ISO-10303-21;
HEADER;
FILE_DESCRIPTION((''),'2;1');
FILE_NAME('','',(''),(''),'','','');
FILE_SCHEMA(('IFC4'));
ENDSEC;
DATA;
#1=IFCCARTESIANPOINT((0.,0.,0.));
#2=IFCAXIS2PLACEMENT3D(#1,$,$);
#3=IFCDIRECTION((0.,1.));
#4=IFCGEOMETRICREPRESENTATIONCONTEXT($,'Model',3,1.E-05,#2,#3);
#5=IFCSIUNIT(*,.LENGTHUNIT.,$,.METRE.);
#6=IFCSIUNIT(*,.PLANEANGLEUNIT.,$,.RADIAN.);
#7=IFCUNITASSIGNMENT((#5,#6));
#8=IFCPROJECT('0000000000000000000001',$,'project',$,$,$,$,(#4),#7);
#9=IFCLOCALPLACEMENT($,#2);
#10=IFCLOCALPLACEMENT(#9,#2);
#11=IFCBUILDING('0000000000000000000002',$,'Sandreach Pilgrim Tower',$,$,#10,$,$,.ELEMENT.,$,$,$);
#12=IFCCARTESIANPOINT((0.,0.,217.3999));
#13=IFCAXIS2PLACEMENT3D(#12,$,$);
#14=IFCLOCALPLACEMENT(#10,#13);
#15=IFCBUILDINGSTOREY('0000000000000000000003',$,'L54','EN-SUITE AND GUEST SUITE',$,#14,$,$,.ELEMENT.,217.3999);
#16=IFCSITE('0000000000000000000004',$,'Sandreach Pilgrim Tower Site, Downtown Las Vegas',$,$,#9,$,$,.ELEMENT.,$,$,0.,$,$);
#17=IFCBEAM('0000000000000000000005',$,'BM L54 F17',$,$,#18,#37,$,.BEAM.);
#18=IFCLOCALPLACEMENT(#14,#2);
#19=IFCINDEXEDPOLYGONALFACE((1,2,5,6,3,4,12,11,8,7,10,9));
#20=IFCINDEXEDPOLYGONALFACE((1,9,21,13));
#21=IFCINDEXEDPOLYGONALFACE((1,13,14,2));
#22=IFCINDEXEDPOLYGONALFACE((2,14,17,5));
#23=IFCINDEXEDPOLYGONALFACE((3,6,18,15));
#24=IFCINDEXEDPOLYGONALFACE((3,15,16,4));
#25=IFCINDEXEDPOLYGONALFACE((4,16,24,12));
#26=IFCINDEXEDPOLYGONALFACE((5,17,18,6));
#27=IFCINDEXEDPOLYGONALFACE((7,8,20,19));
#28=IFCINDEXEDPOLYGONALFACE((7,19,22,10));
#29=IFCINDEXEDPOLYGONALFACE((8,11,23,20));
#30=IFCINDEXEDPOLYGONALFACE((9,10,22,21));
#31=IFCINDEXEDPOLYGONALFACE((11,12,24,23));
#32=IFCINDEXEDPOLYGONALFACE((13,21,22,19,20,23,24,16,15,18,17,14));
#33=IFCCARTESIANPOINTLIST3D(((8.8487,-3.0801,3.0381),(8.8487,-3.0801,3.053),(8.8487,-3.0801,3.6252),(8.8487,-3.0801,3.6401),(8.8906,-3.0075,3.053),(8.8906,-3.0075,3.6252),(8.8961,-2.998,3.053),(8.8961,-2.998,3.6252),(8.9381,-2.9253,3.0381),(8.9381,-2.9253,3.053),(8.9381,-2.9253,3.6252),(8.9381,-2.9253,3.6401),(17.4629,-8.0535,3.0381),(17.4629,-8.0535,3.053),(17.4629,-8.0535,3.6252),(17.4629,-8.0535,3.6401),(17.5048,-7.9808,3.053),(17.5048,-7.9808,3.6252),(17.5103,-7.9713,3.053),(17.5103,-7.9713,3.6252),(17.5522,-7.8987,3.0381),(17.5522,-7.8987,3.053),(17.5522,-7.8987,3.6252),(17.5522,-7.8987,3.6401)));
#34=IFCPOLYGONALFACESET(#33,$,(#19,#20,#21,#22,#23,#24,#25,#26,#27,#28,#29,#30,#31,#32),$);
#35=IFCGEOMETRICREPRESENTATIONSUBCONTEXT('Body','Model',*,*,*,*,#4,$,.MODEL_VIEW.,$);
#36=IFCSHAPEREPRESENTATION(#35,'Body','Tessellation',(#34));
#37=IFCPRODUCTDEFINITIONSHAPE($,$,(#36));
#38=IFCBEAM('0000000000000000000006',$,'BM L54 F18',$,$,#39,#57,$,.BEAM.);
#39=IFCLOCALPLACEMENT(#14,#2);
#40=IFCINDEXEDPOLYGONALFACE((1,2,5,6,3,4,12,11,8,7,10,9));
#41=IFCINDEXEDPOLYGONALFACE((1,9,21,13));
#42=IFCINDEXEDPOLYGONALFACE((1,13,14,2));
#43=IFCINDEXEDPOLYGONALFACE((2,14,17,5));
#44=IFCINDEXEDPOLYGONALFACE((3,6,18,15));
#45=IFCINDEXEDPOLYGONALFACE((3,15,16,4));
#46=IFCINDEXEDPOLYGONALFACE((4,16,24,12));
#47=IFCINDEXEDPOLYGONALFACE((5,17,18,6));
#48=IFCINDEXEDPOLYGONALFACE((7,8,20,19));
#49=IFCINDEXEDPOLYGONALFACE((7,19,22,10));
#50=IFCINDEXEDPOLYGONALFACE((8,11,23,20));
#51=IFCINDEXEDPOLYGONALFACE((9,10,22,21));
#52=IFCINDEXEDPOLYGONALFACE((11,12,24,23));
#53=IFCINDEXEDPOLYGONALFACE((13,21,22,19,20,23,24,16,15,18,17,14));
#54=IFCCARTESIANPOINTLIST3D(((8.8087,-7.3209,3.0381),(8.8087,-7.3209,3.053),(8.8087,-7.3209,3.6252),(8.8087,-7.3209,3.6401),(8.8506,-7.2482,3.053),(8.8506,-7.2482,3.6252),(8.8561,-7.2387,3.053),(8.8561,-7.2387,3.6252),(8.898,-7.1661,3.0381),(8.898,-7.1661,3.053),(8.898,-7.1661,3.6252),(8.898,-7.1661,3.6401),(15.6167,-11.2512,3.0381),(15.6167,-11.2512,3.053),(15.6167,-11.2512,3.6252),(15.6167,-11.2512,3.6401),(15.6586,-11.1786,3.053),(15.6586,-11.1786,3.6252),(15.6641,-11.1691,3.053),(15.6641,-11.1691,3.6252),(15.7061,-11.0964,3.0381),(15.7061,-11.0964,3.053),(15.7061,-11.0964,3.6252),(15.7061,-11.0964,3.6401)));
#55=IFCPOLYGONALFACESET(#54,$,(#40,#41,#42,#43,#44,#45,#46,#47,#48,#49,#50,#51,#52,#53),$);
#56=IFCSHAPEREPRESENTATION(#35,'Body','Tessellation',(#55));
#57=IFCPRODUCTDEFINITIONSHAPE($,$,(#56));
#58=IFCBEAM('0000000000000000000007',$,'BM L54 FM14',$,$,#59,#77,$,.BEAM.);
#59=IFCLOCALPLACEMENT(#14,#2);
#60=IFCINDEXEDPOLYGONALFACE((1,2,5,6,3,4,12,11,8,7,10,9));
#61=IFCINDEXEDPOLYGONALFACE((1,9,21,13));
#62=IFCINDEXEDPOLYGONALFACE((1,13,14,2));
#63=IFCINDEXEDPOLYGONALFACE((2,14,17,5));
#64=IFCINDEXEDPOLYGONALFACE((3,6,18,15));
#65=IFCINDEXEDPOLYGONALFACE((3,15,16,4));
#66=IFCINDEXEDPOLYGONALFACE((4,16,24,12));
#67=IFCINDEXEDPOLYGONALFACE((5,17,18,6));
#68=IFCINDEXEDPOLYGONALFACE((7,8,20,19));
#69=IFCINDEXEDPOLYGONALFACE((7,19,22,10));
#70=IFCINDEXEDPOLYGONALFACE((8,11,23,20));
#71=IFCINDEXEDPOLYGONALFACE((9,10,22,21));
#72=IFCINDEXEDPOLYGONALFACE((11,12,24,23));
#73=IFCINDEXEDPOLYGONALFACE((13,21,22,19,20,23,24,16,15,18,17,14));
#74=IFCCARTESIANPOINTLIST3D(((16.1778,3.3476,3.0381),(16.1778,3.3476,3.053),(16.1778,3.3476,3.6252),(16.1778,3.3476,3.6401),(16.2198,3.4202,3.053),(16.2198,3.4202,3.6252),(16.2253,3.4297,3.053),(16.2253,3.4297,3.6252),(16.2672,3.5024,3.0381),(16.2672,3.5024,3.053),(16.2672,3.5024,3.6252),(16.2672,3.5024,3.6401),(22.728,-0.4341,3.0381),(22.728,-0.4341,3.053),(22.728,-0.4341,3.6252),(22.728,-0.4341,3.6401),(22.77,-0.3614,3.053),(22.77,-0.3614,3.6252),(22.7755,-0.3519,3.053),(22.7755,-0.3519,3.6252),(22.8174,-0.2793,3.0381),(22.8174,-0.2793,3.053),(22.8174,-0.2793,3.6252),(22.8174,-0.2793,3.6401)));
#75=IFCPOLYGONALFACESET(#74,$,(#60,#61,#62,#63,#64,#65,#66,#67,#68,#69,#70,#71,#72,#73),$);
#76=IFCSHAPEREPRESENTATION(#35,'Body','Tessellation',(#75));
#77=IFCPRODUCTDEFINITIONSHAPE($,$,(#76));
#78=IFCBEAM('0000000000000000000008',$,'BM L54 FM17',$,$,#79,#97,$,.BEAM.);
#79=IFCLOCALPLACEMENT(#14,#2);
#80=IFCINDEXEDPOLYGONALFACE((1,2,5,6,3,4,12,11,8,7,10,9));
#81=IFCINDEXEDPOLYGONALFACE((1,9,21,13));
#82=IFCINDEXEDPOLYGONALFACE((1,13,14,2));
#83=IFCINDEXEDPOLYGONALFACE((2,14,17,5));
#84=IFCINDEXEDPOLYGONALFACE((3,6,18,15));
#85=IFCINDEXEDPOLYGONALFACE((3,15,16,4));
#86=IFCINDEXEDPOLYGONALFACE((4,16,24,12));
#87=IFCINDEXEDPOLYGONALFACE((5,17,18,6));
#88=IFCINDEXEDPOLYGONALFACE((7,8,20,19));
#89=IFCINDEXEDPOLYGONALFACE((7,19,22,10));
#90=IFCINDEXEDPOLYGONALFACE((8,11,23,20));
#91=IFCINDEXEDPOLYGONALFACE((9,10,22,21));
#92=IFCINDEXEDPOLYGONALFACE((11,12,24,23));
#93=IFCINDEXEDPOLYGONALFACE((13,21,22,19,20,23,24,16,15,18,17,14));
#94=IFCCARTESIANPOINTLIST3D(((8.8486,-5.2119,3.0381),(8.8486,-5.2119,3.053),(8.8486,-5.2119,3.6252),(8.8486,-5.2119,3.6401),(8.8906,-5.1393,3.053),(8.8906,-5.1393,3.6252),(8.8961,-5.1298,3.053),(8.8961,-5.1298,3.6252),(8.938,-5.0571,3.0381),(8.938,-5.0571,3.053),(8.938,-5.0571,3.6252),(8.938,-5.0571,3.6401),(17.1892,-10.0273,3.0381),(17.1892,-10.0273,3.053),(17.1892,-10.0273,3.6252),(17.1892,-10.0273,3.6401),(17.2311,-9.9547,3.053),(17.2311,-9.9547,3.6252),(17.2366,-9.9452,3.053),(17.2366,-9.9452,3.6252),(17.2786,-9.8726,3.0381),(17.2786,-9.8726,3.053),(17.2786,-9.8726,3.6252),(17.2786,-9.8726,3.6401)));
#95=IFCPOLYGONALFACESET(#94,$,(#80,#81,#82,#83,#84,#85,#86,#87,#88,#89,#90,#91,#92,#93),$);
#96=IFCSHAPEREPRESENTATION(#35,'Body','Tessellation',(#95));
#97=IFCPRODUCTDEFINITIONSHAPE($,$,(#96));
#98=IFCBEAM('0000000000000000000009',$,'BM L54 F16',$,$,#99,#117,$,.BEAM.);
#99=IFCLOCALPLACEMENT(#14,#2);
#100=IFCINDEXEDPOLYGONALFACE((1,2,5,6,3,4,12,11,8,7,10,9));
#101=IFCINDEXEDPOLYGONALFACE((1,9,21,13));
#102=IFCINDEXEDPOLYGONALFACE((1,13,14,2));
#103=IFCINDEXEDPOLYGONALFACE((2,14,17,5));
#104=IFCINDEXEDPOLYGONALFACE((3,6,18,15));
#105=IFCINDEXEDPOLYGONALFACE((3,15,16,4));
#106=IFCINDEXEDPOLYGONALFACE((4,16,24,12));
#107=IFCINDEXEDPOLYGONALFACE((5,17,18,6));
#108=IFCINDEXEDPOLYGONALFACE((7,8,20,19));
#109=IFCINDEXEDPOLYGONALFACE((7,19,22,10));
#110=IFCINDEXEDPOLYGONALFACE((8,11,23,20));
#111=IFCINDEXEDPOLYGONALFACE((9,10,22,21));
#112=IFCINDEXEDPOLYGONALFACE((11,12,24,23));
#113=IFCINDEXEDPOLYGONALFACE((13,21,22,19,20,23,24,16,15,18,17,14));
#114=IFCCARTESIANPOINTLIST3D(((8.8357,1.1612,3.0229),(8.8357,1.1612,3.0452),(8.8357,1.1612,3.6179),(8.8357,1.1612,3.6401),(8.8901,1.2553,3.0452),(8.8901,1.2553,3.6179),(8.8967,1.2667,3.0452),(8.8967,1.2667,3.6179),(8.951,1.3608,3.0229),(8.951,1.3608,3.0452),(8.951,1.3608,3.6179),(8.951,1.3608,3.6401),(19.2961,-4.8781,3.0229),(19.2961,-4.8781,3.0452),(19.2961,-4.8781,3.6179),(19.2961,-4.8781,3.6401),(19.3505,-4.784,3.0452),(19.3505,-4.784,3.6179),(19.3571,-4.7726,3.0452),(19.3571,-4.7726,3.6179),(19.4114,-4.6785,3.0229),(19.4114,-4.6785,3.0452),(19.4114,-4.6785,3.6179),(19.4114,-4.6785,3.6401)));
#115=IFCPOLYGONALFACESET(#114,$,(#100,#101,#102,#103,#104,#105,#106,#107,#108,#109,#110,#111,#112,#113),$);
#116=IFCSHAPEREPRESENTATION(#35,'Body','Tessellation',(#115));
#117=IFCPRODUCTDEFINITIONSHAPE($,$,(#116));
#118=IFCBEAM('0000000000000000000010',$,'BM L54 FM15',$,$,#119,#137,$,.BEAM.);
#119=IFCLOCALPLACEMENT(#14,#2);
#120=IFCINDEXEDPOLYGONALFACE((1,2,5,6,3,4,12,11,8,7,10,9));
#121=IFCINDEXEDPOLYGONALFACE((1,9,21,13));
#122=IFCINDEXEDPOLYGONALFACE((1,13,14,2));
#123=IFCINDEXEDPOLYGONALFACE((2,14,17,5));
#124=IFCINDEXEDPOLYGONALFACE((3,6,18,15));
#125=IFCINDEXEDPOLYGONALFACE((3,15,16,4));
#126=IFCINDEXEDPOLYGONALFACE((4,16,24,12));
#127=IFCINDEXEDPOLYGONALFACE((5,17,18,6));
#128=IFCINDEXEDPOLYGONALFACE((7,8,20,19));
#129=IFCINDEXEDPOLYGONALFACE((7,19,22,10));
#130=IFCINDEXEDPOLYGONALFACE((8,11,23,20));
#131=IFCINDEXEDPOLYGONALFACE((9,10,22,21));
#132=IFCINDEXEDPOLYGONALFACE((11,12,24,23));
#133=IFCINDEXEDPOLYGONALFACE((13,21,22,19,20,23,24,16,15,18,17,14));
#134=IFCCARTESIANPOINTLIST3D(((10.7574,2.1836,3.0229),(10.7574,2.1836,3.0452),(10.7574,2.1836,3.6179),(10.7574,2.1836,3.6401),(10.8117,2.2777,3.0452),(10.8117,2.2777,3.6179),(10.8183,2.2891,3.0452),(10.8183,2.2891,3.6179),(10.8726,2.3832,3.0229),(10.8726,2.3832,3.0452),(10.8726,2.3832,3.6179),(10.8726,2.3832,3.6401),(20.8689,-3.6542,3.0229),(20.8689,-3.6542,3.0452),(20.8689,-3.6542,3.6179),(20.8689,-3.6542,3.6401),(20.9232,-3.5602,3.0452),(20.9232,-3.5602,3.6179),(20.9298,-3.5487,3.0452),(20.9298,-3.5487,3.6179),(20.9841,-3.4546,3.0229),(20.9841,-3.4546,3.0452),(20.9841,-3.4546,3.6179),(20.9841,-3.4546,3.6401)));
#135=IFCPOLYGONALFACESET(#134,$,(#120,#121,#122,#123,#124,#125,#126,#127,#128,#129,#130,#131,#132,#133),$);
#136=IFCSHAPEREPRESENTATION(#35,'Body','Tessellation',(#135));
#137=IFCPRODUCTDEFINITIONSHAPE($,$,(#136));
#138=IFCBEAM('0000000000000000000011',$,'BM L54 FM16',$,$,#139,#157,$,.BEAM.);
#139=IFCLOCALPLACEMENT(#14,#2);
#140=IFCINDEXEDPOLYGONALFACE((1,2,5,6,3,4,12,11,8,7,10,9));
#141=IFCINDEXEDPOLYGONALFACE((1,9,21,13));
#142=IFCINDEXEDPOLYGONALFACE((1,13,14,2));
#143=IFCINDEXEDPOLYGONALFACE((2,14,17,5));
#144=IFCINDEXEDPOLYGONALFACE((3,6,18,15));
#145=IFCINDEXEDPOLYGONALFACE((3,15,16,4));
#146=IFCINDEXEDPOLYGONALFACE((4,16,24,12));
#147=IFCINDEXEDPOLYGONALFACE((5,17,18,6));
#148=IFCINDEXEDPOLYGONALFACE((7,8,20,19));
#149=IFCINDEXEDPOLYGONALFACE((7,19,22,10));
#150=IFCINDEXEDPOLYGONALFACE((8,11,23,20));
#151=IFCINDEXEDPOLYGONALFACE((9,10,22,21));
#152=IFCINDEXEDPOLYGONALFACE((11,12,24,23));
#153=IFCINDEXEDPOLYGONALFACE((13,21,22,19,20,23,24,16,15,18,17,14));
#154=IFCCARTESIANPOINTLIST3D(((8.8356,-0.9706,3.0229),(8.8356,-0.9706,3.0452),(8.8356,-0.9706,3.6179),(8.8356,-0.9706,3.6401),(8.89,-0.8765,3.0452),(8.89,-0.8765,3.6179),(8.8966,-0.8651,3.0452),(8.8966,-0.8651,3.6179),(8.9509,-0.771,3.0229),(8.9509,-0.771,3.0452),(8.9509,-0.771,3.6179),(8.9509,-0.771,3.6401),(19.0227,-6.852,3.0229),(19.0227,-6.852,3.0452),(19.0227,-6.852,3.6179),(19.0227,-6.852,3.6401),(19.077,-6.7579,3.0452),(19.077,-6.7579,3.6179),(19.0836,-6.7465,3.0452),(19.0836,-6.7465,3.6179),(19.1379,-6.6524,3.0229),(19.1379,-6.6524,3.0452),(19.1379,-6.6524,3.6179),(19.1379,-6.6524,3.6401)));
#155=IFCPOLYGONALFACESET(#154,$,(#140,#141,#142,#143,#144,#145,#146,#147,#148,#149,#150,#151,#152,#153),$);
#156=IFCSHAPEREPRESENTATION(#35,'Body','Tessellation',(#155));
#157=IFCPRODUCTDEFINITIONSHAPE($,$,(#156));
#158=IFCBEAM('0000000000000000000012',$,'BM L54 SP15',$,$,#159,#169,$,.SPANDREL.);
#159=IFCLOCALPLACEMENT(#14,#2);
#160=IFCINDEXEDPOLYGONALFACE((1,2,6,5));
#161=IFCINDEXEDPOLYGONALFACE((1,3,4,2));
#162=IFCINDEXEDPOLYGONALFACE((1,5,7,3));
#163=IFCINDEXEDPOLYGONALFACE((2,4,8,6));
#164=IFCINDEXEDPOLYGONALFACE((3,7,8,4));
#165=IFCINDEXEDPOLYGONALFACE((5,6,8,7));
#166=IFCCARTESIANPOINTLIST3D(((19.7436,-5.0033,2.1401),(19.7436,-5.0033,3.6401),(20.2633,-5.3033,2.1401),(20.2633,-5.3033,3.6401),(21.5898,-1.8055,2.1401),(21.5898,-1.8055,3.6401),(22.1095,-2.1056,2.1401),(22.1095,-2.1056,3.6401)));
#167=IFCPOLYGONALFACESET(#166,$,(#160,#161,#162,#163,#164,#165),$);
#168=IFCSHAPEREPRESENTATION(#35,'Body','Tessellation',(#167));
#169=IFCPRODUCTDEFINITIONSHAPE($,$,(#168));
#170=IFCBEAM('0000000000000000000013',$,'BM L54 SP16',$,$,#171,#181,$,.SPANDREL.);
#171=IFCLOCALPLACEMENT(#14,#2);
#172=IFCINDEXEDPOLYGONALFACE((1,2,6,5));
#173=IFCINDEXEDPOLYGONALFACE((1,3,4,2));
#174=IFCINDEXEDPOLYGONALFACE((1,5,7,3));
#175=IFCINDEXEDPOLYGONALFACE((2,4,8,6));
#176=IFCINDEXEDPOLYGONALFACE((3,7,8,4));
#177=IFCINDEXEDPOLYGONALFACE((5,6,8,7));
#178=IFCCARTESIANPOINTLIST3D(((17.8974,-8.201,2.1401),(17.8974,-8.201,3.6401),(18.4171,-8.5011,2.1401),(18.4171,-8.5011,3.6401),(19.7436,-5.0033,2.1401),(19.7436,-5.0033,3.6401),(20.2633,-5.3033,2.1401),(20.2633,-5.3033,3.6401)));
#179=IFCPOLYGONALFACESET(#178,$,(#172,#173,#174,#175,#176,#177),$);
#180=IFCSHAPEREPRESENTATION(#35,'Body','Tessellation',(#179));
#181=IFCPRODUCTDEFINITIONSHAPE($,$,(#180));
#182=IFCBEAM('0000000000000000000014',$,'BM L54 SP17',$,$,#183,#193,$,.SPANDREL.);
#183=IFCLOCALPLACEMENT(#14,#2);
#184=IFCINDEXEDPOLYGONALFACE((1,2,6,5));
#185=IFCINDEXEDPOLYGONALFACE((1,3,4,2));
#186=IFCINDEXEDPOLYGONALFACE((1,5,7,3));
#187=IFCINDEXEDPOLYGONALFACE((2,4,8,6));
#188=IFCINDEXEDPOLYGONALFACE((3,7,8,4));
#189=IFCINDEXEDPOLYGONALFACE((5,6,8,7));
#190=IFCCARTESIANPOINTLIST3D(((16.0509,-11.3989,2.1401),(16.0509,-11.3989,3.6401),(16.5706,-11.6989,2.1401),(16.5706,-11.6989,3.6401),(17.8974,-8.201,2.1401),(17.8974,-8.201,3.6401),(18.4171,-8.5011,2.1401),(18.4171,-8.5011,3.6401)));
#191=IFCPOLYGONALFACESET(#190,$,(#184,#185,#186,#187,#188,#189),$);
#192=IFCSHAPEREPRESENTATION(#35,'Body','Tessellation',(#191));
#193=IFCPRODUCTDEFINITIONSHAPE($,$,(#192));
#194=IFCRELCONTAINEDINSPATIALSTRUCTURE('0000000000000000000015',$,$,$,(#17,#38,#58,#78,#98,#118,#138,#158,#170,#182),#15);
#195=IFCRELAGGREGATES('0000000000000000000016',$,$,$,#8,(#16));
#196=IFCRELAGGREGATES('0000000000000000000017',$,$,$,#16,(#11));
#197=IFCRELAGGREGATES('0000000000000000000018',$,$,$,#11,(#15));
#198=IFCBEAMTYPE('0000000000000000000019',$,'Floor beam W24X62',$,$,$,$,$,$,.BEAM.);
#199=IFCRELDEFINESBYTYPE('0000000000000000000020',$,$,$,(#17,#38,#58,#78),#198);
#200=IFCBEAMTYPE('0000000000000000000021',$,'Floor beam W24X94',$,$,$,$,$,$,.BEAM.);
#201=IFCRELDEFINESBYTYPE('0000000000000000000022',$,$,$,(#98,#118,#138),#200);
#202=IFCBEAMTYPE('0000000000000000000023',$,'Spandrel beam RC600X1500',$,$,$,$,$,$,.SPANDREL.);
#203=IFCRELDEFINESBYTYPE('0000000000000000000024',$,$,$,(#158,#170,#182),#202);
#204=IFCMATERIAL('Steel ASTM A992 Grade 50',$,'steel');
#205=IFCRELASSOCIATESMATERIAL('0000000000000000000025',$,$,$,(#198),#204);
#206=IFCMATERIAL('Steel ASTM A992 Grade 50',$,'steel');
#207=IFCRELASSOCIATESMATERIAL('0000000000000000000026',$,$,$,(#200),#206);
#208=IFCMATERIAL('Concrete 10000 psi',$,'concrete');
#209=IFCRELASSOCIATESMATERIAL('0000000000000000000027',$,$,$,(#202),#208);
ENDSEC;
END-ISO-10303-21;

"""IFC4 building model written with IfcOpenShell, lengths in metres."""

from ifc_helpers import new_model, si_unit, direction, frame, origin, origin_2d, place, context, subcontext, project, spatial, rectangle, i_section, extrude, material, material_profile, profile_set, type_object, element, save


model = new_model("IFC4")

# Units and contexts
model_context = context("Model", 3, precision=1e-05, world=origin(), true_north=direction((0.0, 1.0)))
body_context = subcontext(model_context, "Body", "Model", "MODEL_VIEW")
ifc_project = project(units=[si_unit("LENGTHUNIT", "METRE"), si_unit("PLANEANGLEUNIT", "RADIAN")], contexts=[model_context])

# Site, building, storey
site_placement = place(None, origin())
site = spatial("IfcSite", under=ifc_project, at=site_placement, Name="Sandreach Pilgrim Tower Site, Downtown Las Vegas", CompositionType="ELEMENT", RefElevation=0.0)
building_placement = place(site_placement, origin())
building = spatial("IfcBuilding", under=site, at=building_placement, Name="Sandreach Pilgrim Tower", CompositionType="ELEMENT")
storey_placement = place(building_placement, frame((0.0, 0.0, 217.3999)))
storey = spatial("IfcBuildingStorey", under=building, at=storey_placement, Name="L54", Description="EN-SUITE AND GUEST SUITE", CompositionType="ELEMENT", Elevation=217.3999)

# Beams
ifc_material_1 = material(Name="Steel ASTM A992 Grade 50", Category="steel")
ifc_material_profile_1 = material_profile(ifc_material_1, i_section(OverallWidth=0.1787, OverallDepth=0.6021, WebThickness=0.011, FlangeThickness=0.0149, at=origin_2d()), Name="W24X62")
ifc_profile_set_1 = profile_set([ifc_material_profile_1], Name="Steel ASTM A992 Grade 50")
beam_type_1 = type_object("IfcBeamType", Name="Floor beam W24X62", PredefinedType="BEAM", material=ifc_profile_set_1)
beam_1_placement = place(storey_placement, frame((17.5076, -7.9761, 3.3391), z_axis=(-0.866028, 0.499996, 0.0), x_axis=(-0.499996, -0.866028, 0.0)))
element("IfcBeam", 1, at=beam_1_placement, inside=storey, type_object=beam_type_1, Name="BM L54 F17", PredefinedType="BEAM", context=body_context, shape_type="SweptSolid", body=[
    extrude(i_section(OverallWidth=0.1787, OverallDepth=0.6021, WebThickness=0.011, FlangeThickness=0.0149, at=origin_2d()), origin(), (0.0, 0.0, 1.0), 9.9468),
])
beam_2_placement = place(storey_placement, frame((15.6614, -11.1738, 3.3391), z_axis=(-0.866039, 0.499977, 0.0), x_axis=(-0.499977, -0.866039, 0.0)))
element("IfcBeam", 2, at=beam_2_placement, inside=storey, type_object=beam_type_1, Name="BM L54 F18", PredefinedType="BEAM", context=body_context, shape_type="SweptSolid", body=[
    extrude(i_section(OverallWidth=0.1787, OverallDepth=0.6021, WebThickness=0.011, FlangeThickness=0.0149, at=origin_2d()), origin(), (0.0, 0.0, 1.0), 7.8611),
])
beam_3_placement = place(storey_placement, frame((22.7727, -0.3567, 3.3391), z_axis=(-0.86603, 0.499993, 0.0), x_axis=(-0.499993, -0.86603, 0.0)))
element("IfcBeam", 3, at=beam_3_placement, inside=storey, type_object=beam_type_1, Name="BM L54 FM14", PredefinedType="BEAM", context=body_context, shape_type="SweptSolid", body=[
    extrude(i_section(OverallWidth=0.1787, OverallDepth=0.6021, WebThickness=0.011, FlangeThickness=0.0149, at=origin_2d()), origin(), (0.0, 0.0, 1.0), 7.5635),
])
beam_4_placement = place(storey_placement, frame((17.2339, -9.95, 3.3391), z_axis=(-0.866026, 0.5, 0.0), x_axis=(-0.5, -0.866026, 0.0)))
element("IfcBeam", 4, at=beam_4_placement, inside=storey, type_object=beam_type_1, Name="BM L54 FM17", PredefinedType="BEAM", context=body_context, shape_type="SweptSolid", body=[
    extrude(i_section(OverallWidth=0.1787, OverallDepth=0.6021, WebThickness=0.011, FlangeThickness=0.0149, at=origin_2d()), origin(), (0.0, 0.0, 1.0), 9.6309),
])
ifc_material_2 = material(Name="Steel ASTM A992 Grade 50", Category="steel")
ifc_material_profile_2 = material_profile(ifc_material_2, i_section(OverallWidth=0.2305, OverallDepth=0.6172, WebThickness=0.0132, FlangeThickness=0.0222, at=origin_2d()), Name="W24X94")
ifc_profile_set_2 = profile_set([ifc_material_profile_2], Name="Steel ASTM A992 Grade 50")
beam_type_2 = type_object("IfcBeamType", Name="Floor beam W24X94", PredefinedType="BEAM", material=ifc_profile_set_2)
beam_5_placement = place(storey_placement, frame((19.3538, -4.7783, 3.3315), z_axis=(-0.866027, 0.499998, 0.0), x_axis=(-0.499998, -0.866027, 0.0)))
element("IfcBeam", 5, at=beam_5_placement, inside=storey, type_object=beam_type_2, Name="BM L54 F16", PredefinedType="BEAM", context=body_context, shape_type="SweptSolid", body=[
    extrude(i_section(OverallWidth=0.2305, OverallDepth=0.6172, WebThickness=0.0132, FlangeThickness=0.0222, at=origin_2d()), origin(), (0.0, 0.0, 1.0), 12.0786),
])
beam_6_placement = place(storey_placement, frame((20.9265, -3.5544, 3.3315), z_axis=(-0.866026, 0.499998, 0.0), x_axis=(-0.499998, -0.866026, 0.0)))
element("IfcBeam", 6, at=beam_6_placement, inside=storey, type_object=beam_type_2, Name="BM L54 FM15", PredefinedType="BEAM", context=body_context, shape_type="SweptSolid", body=[
    extrude(i_section(OverallWidth=0.2305, OverallDepth=0.6172, WebThickness=0.0132, FlangeThickness=0.0222, at=origin_2d()), origin(), (0.0, 0.0, 1.0), 11.6758),
])
beam_7_placement = place(storey_placement, frame((19.0803, -6.7522, 3.3315), z_axis=(-0.86603, 0.499992, 0.0), x_axis=(-0.499992, -0.86603, 0.0)))
element("IfcBeam", 7, at=beam_7_placement, inside=storey, type_object=beam_type_2, Name="BM L54 FM16", PredefinedType="BEAM", context=body_context, shape_type="SweptSolid", body=[
    extrude(i_section(OverallWidth=0.2305, OverallDepth=0.6172, WebThickness=0.0132, FlangeThickness=0.0222, at=origin_2d()), origin(), (0.0, 0.0, 1.0), 11.7629),
])
ifc_material_3 = material(Name="Concrete 10000 psi", Category="concrete")
ifc_material_profile_3 = material_profile(ifc_material_3, rectangle(XDim=0.6001, YDim=1.5, at=origin_2d()), Name="RC600X1500")
ifc_profile_set_3 = profile_set([ifc_material_profile_3], Name="Concrete 10000 psi")
beam_type_3 = type_object("IfcBeamType", Name="Spandrel beam RC600X1500", PredefinedType="SPANDREL", material=ifc_profile_set_3)
for number, where, z_axis, x_axis, name in (
    (8, (21.8496, -1.9556, 2.8901), (-0.499993, -0.866029, 0.0), (0.866029, -0.499993, 0.0), "BM L54 SP15"),
    (9, (20.0034, -5.1533, 2.8901), (-0.499993, -0.866029, 0.0), (0.866029, -0.499993, 0.0), "BM L54 SP16"),
):
    element("IfcBeam", number, at=place(storey_placement, frame(where, z_axis=z_axis, x_axis=x_axis)), inside=storey, type_object=beam_type_3, Name=name, PredefinedType="SPANDREL", context=body_context, shape_type="SweptSolid", body=[
        extrude(rectangle(XDim=0.6001, YDim=1.5, at=origin_2d()), origin(), (0.0, 0.0, 1.0), 3.6924),
    ])
for number, where, z_axis, x_axis, name in (
    (10, (18.1572, -8.3511, 2.8901), (-0.500043, -0.866001, 0.0), (0.866001, -0.500043, 0.0), "BM L54 SP17"),
):
    element("IfcBeam", number, at=place(storey_placement, frame(where, z_axis=z_axis, x_axis=x_axis)), inside=storey, type_object=beam_type_3, Name=name, PredefinedType="SPANDREL", context=body_context, shape_type="SweptSolid", body=[
        extrude(rectangle(XDim=0.6001, YDim=1.5, at=origin_2d()), origin(), (0.0, 0.0, 1.0), 3.6926),
    ])

save(model, "model.ifc")
